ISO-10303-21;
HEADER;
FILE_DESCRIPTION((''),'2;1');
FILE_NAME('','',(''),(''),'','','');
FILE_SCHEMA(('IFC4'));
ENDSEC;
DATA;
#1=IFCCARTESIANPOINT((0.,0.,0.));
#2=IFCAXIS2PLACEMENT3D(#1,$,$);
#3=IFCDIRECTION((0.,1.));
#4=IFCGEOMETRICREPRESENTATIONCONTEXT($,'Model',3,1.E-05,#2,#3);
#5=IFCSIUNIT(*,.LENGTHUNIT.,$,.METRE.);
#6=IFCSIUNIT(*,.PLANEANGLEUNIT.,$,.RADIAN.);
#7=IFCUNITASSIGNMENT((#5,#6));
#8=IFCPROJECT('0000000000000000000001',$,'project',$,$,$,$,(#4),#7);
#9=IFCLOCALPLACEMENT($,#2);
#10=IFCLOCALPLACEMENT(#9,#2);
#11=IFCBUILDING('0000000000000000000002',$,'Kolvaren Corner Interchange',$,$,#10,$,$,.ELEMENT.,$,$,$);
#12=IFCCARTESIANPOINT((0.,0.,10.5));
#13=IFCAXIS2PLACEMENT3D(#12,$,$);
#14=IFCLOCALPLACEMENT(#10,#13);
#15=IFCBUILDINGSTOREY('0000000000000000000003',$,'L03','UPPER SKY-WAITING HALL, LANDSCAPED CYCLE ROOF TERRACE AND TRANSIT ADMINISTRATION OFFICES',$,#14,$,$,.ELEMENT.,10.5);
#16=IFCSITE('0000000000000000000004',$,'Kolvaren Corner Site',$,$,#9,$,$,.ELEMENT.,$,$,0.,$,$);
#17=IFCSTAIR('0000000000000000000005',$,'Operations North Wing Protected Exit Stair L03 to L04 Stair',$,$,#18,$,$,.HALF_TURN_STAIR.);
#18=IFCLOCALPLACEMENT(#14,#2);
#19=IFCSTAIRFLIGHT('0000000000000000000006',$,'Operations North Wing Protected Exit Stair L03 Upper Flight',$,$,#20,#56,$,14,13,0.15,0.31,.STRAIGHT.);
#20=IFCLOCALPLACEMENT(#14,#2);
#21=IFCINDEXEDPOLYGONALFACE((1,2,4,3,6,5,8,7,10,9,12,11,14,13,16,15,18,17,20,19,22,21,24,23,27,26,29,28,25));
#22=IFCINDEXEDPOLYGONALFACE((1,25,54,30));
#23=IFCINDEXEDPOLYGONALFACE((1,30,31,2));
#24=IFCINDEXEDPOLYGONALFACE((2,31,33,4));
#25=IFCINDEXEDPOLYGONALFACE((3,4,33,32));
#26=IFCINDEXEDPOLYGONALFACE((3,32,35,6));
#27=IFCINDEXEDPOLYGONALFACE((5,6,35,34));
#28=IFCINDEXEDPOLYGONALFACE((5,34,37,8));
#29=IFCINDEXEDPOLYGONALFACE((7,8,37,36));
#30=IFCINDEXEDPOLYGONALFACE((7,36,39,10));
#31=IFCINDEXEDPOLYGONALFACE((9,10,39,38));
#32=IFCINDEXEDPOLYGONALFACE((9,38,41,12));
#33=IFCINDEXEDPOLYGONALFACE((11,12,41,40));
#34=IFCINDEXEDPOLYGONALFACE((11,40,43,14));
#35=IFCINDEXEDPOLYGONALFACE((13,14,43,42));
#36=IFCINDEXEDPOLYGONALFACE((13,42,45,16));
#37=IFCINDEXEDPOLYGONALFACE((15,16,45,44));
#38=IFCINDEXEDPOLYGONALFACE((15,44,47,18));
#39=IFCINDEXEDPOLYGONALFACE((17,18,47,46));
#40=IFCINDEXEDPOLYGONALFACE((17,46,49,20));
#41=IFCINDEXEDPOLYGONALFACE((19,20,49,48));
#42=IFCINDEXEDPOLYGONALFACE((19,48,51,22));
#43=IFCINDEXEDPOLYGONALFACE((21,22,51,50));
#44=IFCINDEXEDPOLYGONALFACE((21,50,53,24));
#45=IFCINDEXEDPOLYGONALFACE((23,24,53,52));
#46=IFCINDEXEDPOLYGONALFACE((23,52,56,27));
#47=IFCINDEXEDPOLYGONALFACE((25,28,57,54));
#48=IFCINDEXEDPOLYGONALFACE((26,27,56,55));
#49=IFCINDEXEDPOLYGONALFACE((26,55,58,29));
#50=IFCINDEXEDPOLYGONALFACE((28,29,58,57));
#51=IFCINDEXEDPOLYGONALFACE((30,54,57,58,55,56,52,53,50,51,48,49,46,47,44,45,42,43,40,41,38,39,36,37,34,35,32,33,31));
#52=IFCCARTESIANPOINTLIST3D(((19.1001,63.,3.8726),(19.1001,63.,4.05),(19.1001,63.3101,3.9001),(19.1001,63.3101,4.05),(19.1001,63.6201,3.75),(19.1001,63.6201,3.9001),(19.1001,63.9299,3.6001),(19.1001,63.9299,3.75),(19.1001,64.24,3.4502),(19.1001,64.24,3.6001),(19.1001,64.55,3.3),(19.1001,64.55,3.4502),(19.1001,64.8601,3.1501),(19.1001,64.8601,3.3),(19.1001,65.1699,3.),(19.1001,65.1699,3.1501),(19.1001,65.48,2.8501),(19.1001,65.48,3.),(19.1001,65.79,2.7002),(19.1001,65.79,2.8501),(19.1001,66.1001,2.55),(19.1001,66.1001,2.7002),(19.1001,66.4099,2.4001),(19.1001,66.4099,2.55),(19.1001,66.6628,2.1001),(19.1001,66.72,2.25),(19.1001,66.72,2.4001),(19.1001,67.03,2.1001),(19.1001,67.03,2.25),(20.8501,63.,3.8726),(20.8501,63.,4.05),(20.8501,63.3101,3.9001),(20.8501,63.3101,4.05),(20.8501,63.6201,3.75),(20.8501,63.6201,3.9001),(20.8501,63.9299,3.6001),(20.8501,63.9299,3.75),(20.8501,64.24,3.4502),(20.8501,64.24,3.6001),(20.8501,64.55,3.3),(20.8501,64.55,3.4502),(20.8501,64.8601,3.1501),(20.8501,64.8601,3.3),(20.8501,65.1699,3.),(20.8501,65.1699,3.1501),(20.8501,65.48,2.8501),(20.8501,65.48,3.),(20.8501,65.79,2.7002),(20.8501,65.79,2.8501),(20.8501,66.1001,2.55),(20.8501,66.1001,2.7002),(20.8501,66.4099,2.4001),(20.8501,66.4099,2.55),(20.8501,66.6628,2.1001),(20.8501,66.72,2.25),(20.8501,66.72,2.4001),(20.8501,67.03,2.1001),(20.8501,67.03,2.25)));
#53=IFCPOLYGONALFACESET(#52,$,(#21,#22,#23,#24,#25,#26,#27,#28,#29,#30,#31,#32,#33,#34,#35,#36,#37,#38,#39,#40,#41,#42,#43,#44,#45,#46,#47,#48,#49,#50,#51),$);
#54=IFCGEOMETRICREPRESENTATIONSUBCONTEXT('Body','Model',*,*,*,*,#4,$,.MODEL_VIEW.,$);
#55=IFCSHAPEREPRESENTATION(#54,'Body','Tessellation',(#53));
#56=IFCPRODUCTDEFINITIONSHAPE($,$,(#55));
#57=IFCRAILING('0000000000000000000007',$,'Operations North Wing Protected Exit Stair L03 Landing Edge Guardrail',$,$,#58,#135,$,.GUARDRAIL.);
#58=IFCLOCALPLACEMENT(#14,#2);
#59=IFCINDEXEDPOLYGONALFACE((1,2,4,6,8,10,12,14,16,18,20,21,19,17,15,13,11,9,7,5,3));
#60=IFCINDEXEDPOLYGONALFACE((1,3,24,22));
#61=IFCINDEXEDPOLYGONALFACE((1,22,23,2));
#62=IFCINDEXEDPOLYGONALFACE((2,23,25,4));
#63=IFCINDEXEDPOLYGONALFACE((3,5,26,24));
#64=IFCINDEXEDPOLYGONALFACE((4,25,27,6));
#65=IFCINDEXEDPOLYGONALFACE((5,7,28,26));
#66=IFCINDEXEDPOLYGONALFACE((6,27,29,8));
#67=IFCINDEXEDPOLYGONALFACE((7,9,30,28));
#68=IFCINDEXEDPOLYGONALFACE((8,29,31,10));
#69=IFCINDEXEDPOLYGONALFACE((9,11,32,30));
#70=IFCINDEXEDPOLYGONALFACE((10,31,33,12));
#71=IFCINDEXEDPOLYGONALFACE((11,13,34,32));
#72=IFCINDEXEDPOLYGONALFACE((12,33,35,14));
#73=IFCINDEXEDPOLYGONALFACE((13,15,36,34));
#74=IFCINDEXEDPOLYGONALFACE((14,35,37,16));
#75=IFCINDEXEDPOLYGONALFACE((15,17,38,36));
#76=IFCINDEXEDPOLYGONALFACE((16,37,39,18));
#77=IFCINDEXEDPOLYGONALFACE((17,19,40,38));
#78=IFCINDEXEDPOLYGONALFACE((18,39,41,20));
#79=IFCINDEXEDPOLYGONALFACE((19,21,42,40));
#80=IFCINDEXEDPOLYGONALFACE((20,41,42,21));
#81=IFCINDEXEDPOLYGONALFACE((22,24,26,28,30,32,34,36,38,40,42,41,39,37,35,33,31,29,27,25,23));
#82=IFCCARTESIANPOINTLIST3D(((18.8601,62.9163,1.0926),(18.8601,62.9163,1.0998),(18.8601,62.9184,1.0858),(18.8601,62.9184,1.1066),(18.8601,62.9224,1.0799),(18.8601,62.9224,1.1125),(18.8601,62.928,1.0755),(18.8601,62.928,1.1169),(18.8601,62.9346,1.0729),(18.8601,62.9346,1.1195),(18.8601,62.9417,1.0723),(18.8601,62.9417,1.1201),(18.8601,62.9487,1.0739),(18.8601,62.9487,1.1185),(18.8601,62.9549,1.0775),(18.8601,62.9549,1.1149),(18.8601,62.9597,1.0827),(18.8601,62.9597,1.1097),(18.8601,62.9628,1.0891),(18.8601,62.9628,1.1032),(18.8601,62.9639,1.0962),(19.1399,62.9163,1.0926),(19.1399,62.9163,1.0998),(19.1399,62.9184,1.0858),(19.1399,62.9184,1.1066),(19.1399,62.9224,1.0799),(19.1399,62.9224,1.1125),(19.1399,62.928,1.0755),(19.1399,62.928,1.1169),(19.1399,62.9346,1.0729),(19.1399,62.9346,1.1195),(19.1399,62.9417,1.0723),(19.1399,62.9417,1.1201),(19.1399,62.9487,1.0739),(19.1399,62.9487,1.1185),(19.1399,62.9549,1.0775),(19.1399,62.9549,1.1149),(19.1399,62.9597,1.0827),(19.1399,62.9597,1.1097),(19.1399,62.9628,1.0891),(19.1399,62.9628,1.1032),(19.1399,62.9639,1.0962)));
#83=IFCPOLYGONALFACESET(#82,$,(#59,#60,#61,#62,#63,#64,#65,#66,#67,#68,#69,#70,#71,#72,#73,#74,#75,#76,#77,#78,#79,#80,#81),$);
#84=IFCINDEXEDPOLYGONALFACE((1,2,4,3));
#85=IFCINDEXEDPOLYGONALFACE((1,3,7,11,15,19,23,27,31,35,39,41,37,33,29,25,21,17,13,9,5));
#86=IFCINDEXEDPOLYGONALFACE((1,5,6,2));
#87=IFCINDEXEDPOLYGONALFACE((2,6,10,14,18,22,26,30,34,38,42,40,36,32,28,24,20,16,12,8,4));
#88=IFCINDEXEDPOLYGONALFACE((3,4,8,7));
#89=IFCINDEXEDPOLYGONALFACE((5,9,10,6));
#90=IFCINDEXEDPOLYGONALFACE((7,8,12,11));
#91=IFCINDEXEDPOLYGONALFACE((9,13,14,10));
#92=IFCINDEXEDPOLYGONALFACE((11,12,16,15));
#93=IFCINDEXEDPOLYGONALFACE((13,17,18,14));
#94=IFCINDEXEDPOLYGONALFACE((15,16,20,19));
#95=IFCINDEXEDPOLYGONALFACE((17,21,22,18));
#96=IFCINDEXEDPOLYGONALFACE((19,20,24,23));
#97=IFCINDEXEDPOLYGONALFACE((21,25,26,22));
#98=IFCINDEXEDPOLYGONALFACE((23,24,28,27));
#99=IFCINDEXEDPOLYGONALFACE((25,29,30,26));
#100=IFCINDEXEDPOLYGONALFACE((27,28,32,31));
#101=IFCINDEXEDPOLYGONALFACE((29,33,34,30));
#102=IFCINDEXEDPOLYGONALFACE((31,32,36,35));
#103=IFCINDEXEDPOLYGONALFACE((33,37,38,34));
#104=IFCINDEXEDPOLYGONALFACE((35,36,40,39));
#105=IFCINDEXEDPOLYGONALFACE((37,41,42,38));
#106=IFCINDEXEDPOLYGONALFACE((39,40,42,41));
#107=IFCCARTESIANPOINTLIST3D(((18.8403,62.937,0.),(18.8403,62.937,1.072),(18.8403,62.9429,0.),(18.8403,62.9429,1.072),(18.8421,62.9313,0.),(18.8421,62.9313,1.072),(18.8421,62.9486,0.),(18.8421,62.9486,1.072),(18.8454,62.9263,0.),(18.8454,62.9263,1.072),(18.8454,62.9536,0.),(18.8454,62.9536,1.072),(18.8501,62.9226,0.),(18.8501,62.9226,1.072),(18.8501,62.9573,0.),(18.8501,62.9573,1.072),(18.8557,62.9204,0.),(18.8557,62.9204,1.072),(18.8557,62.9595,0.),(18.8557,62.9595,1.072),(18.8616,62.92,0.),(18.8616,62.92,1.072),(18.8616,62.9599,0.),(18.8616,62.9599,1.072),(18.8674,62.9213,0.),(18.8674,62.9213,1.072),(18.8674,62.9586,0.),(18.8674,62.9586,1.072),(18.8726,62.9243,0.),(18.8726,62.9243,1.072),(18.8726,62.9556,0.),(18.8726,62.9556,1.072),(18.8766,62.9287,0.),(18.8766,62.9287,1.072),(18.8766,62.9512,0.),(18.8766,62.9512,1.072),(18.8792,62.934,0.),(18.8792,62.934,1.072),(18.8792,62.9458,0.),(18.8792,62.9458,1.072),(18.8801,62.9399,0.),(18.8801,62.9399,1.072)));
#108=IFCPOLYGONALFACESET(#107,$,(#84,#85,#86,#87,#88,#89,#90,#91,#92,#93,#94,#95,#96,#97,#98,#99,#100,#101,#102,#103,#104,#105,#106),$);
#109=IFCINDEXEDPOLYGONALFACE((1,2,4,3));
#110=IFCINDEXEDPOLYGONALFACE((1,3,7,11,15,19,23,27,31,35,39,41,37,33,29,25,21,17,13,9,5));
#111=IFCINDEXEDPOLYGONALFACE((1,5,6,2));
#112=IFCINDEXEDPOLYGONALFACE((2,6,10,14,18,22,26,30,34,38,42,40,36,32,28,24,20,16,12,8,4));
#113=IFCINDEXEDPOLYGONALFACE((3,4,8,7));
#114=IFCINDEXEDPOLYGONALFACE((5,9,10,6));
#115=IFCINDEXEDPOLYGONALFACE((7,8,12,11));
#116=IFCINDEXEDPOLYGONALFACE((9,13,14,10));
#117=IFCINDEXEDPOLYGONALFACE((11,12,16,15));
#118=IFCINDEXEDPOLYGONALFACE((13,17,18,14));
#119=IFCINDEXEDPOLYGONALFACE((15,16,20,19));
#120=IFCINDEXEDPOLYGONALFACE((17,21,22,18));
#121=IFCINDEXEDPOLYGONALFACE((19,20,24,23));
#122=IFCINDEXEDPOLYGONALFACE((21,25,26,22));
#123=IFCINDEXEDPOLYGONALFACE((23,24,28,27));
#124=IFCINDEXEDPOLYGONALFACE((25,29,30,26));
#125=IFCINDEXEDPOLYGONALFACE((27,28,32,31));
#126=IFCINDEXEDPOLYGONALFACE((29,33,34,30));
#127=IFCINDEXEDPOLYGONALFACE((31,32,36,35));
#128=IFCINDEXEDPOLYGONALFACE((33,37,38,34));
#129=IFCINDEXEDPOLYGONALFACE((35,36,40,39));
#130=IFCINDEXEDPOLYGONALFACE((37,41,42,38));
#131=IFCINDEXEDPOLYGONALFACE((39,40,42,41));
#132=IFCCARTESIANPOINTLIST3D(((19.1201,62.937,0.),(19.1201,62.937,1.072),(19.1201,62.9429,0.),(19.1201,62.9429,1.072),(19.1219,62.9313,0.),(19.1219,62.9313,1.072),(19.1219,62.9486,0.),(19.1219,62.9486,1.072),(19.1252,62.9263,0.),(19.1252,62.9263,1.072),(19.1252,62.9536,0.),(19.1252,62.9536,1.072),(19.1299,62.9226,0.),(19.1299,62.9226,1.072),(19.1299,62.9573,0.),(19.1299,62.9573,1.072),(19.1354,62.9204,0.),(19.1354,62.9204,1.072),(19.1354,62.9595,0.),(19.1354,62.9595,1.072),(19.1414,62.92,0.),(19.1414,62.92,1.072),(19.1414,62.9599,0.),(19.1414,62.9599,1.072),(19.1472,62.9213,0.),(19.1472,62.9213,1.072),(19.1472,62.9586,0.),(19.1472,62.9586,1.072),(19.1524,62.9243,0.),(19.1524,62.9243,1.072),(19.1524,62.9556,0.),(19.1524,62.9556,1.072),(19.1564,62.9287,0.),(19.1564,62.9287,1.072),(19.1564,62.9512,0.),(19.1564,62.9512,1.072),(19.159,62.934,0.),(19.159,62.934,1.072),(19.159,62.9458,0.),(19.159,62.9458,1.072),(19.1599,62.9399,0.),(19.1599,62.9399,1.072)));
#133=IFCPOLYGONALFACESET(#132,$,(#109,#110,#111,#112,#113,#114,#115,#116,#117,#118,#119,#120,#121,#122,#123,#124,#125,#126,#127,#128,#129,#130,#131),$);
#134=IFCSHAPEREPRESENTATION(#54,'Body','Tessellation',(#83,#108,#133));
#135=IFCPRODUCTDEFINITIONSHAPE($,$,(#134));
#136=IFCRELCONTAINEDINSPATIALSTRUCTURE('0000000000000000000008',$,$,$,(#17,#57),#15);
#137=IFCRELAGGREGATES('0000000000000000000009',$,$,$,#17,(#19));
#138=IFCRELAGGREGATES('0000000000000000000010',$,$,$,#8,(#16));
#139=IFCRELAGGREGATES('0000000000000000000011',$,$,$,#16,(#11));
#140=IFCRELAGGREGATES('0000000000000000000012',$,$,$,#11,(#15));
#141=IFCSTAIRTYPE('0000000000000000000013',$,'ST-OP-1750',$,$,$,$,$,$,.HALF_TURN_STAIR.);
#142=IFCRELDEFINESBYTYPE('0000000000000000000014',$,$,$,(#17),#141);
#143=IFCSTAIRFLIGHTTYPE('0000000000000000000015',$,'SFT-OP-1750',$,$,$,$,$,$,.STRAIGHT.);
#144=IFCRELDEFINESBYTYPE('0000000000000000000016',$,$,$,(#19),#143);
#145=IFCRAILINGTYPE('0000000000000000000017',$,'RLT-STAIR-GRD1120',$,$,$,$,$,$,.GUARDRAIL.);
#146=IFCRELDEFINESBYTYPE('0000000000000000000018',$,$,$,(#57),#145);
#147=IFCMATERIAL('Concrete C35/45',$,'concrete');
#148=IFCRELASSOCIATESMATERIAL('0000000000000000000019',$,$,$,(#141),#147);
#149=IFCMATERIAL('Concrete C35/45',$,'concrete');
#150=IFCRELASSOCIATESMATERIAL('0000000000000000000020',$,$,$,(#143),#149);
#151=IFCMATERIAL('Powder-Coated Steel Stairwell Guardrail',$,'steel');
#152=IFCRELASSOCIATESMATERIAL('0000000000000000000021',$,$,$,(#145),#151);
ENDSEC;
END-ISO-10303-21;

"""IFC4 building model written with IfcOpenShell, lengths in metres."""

from ifc_helpers import new_model, si_unit, direction, frame, origin, origin_2d, place, context, subcontext, project, spatial, polyline, circle, outline, extrude, material, type_object, element, aggregate, save


model = new_model("IFC4")

# Units and contexts
model_context = context("Model", 3, precision=1e-05, world=origin(), true_north=direction((0.0, 1.0)))
body_context = subcontext(model_context, "Body", "Model", "MODEL_VIEW")
ifc_project = project(units=[si_unit("LENGTHUNIT", "METRE"), si_unit("PLANEANGLEUNIT", "RADIAN")], contexts=[model_context])

# Site, building, storey
site_placement = place(None, origin())
site = spatial("IfcSite", under=ifc_project, at=site_placement, Name="Kolvaren Corner Site", CompositionType="ELEMENT", RefElevation=0.0)
building_placement = place(site_placement, origin())
building = spatial("IfcBuilding", under=site, at=building_placement, Name="Kolvaren Corner Interchange", CompositionType="ELEMENT")
storey_placement = place(building_placement, frame((0.0, 0.0, 10.5)))
storey = spatial("IfcBuildingStorey", under=building, at=storey_placement, Name="L03", Description="UPPER SKY-WAITING HALL, LANDSCAPED CYCLE ROOF TERRACE AND TRANSIT ADMINISTRATION OFFICES", CompositionType="ELEMENT", Elevation=10.5)

# Stair, stair flight
ifc_material_1 = material(Name="Concrete C35/45", Category="concrete")
stair_type = type_object("IfcStairType", Name="ST-OP-1750", PredefinedType="HALF_TURN_STAIR", material=ifc_material_1)
stair_placement = place(storey_placement, origin())
stair = element("IfcStair", 1, at=stair_placement, inside=storey, type_object=stair_type, Name="Operations North Wing Protected Exit Stair L03 to L04 Stair", PredefinedType="HALF_TURN_STAIR")
ifc_material_2 = material(Name="Concrete C35/45", Category="concrete")
stair_flight_type = type_object("IfcStairFlightType", Name="SFT-OP-1750", PredefinedType="STRAIGHT", material=ifc_material_2)
stair_flight_1_placement = place(storey_placement, frame((19.9751, 67.03, 2.1001), z_axis=(0.0, 0.0, 1.0), x_axis=(0.0, -1.0, 0.0)))
stair_flight_1 = element("IfcStairFlight", 2, at=stair_flight_1_placement, type_object=stair_flight_type, Name="Operations North Wing Protected Exit Stair L03 Upper Flight", NumberOfRisers=14, NumberOfTreads=13, PredefinedType="STRAIGHT", RiserHeight=0.15, TreadLength=0.31, context=body_context, shape_type="SweptSolid", body=[
    extrude(outline(polyline([(0.0, 0.0), (0.0, 0.1499), (0.3101, 0.1499), (0.3101, 0.3), (0.6201, 0.3), (0.6201, 0.45), (0.9299, 0.45), (0.9299, 0.6001), (1.24, 0.6001), (1.24, 0.75), (1.55, 0.75), (1.55, 0.8999), (1.8601, 0.8999), (1.8601, 1.05), (2.1699, 1.05), (2.1699, 1.2), (2.48, 1.2), (2.48, 1.3501), (2.79, 1.3501), (2.79, 1.5), (3.1001, 1.5), (3.1001, 1.6499), (3.4099, 1.6499), (3.4099, 1.8), (3.72, 1.8), (3.72, 1.95), (4.03, 1.95), (4.03, 2.1001), (4.03, 1.7725), (0.3672, 0.0), (0.0, 0.0)])), frame((0.0, 0.875, 0.0), z_axis=(0.0, -1.0, 0.0), x_axis=(1.0, 0.0, 0.0)), (0.0, 0.0, 1.0), 1.75),
])

# Railing
ifc_material_3 = material(Name="Powder-Coated Steel Stairwell Guardrail", Category="steel")
railing_type_1 = type_object("IfcRailingType", Name="RLT-STAIR-GRD1120", PredefinedType="GUARDRAIL", material=ifc_material_3)
railing_1_placement = place(storey_placement, frame((18.8601, 62.9399, 0.0)))
element("IfcRailing", 3, at=railing_1_placement, inside=storey, type_object=railing_type_1, Name="Operations North Wing Protected Exit Stair L03 Landing Edge Guardrail", PredefinedType="GUARDRAIL", context=body_context, shape_type="SweptSolid", body=[
    extrude(circle(Radius=0.0239, at=origin_2d()), frame((0.0, 0.0, 1.0962), z_axis=(1.0, 0.0, 0.0), x_axis=(0.0, 1.0, 0.0)), (0.0, 0.0, 1.0), 0.2798),
    extrude(circle(Radius=0.02, at=origin_2d()), origin(), (0.0, 0.0, 1.0), 1.072),
    extrude(circle(Radius=0.02, at=origin_2d()), frame((0.2798, 0.0, 0.0)), (0.0, 0.0, 1.0), 1.072),
])
aggregate(stair, [stair_flight_1])

save(model, "model.ifc")
